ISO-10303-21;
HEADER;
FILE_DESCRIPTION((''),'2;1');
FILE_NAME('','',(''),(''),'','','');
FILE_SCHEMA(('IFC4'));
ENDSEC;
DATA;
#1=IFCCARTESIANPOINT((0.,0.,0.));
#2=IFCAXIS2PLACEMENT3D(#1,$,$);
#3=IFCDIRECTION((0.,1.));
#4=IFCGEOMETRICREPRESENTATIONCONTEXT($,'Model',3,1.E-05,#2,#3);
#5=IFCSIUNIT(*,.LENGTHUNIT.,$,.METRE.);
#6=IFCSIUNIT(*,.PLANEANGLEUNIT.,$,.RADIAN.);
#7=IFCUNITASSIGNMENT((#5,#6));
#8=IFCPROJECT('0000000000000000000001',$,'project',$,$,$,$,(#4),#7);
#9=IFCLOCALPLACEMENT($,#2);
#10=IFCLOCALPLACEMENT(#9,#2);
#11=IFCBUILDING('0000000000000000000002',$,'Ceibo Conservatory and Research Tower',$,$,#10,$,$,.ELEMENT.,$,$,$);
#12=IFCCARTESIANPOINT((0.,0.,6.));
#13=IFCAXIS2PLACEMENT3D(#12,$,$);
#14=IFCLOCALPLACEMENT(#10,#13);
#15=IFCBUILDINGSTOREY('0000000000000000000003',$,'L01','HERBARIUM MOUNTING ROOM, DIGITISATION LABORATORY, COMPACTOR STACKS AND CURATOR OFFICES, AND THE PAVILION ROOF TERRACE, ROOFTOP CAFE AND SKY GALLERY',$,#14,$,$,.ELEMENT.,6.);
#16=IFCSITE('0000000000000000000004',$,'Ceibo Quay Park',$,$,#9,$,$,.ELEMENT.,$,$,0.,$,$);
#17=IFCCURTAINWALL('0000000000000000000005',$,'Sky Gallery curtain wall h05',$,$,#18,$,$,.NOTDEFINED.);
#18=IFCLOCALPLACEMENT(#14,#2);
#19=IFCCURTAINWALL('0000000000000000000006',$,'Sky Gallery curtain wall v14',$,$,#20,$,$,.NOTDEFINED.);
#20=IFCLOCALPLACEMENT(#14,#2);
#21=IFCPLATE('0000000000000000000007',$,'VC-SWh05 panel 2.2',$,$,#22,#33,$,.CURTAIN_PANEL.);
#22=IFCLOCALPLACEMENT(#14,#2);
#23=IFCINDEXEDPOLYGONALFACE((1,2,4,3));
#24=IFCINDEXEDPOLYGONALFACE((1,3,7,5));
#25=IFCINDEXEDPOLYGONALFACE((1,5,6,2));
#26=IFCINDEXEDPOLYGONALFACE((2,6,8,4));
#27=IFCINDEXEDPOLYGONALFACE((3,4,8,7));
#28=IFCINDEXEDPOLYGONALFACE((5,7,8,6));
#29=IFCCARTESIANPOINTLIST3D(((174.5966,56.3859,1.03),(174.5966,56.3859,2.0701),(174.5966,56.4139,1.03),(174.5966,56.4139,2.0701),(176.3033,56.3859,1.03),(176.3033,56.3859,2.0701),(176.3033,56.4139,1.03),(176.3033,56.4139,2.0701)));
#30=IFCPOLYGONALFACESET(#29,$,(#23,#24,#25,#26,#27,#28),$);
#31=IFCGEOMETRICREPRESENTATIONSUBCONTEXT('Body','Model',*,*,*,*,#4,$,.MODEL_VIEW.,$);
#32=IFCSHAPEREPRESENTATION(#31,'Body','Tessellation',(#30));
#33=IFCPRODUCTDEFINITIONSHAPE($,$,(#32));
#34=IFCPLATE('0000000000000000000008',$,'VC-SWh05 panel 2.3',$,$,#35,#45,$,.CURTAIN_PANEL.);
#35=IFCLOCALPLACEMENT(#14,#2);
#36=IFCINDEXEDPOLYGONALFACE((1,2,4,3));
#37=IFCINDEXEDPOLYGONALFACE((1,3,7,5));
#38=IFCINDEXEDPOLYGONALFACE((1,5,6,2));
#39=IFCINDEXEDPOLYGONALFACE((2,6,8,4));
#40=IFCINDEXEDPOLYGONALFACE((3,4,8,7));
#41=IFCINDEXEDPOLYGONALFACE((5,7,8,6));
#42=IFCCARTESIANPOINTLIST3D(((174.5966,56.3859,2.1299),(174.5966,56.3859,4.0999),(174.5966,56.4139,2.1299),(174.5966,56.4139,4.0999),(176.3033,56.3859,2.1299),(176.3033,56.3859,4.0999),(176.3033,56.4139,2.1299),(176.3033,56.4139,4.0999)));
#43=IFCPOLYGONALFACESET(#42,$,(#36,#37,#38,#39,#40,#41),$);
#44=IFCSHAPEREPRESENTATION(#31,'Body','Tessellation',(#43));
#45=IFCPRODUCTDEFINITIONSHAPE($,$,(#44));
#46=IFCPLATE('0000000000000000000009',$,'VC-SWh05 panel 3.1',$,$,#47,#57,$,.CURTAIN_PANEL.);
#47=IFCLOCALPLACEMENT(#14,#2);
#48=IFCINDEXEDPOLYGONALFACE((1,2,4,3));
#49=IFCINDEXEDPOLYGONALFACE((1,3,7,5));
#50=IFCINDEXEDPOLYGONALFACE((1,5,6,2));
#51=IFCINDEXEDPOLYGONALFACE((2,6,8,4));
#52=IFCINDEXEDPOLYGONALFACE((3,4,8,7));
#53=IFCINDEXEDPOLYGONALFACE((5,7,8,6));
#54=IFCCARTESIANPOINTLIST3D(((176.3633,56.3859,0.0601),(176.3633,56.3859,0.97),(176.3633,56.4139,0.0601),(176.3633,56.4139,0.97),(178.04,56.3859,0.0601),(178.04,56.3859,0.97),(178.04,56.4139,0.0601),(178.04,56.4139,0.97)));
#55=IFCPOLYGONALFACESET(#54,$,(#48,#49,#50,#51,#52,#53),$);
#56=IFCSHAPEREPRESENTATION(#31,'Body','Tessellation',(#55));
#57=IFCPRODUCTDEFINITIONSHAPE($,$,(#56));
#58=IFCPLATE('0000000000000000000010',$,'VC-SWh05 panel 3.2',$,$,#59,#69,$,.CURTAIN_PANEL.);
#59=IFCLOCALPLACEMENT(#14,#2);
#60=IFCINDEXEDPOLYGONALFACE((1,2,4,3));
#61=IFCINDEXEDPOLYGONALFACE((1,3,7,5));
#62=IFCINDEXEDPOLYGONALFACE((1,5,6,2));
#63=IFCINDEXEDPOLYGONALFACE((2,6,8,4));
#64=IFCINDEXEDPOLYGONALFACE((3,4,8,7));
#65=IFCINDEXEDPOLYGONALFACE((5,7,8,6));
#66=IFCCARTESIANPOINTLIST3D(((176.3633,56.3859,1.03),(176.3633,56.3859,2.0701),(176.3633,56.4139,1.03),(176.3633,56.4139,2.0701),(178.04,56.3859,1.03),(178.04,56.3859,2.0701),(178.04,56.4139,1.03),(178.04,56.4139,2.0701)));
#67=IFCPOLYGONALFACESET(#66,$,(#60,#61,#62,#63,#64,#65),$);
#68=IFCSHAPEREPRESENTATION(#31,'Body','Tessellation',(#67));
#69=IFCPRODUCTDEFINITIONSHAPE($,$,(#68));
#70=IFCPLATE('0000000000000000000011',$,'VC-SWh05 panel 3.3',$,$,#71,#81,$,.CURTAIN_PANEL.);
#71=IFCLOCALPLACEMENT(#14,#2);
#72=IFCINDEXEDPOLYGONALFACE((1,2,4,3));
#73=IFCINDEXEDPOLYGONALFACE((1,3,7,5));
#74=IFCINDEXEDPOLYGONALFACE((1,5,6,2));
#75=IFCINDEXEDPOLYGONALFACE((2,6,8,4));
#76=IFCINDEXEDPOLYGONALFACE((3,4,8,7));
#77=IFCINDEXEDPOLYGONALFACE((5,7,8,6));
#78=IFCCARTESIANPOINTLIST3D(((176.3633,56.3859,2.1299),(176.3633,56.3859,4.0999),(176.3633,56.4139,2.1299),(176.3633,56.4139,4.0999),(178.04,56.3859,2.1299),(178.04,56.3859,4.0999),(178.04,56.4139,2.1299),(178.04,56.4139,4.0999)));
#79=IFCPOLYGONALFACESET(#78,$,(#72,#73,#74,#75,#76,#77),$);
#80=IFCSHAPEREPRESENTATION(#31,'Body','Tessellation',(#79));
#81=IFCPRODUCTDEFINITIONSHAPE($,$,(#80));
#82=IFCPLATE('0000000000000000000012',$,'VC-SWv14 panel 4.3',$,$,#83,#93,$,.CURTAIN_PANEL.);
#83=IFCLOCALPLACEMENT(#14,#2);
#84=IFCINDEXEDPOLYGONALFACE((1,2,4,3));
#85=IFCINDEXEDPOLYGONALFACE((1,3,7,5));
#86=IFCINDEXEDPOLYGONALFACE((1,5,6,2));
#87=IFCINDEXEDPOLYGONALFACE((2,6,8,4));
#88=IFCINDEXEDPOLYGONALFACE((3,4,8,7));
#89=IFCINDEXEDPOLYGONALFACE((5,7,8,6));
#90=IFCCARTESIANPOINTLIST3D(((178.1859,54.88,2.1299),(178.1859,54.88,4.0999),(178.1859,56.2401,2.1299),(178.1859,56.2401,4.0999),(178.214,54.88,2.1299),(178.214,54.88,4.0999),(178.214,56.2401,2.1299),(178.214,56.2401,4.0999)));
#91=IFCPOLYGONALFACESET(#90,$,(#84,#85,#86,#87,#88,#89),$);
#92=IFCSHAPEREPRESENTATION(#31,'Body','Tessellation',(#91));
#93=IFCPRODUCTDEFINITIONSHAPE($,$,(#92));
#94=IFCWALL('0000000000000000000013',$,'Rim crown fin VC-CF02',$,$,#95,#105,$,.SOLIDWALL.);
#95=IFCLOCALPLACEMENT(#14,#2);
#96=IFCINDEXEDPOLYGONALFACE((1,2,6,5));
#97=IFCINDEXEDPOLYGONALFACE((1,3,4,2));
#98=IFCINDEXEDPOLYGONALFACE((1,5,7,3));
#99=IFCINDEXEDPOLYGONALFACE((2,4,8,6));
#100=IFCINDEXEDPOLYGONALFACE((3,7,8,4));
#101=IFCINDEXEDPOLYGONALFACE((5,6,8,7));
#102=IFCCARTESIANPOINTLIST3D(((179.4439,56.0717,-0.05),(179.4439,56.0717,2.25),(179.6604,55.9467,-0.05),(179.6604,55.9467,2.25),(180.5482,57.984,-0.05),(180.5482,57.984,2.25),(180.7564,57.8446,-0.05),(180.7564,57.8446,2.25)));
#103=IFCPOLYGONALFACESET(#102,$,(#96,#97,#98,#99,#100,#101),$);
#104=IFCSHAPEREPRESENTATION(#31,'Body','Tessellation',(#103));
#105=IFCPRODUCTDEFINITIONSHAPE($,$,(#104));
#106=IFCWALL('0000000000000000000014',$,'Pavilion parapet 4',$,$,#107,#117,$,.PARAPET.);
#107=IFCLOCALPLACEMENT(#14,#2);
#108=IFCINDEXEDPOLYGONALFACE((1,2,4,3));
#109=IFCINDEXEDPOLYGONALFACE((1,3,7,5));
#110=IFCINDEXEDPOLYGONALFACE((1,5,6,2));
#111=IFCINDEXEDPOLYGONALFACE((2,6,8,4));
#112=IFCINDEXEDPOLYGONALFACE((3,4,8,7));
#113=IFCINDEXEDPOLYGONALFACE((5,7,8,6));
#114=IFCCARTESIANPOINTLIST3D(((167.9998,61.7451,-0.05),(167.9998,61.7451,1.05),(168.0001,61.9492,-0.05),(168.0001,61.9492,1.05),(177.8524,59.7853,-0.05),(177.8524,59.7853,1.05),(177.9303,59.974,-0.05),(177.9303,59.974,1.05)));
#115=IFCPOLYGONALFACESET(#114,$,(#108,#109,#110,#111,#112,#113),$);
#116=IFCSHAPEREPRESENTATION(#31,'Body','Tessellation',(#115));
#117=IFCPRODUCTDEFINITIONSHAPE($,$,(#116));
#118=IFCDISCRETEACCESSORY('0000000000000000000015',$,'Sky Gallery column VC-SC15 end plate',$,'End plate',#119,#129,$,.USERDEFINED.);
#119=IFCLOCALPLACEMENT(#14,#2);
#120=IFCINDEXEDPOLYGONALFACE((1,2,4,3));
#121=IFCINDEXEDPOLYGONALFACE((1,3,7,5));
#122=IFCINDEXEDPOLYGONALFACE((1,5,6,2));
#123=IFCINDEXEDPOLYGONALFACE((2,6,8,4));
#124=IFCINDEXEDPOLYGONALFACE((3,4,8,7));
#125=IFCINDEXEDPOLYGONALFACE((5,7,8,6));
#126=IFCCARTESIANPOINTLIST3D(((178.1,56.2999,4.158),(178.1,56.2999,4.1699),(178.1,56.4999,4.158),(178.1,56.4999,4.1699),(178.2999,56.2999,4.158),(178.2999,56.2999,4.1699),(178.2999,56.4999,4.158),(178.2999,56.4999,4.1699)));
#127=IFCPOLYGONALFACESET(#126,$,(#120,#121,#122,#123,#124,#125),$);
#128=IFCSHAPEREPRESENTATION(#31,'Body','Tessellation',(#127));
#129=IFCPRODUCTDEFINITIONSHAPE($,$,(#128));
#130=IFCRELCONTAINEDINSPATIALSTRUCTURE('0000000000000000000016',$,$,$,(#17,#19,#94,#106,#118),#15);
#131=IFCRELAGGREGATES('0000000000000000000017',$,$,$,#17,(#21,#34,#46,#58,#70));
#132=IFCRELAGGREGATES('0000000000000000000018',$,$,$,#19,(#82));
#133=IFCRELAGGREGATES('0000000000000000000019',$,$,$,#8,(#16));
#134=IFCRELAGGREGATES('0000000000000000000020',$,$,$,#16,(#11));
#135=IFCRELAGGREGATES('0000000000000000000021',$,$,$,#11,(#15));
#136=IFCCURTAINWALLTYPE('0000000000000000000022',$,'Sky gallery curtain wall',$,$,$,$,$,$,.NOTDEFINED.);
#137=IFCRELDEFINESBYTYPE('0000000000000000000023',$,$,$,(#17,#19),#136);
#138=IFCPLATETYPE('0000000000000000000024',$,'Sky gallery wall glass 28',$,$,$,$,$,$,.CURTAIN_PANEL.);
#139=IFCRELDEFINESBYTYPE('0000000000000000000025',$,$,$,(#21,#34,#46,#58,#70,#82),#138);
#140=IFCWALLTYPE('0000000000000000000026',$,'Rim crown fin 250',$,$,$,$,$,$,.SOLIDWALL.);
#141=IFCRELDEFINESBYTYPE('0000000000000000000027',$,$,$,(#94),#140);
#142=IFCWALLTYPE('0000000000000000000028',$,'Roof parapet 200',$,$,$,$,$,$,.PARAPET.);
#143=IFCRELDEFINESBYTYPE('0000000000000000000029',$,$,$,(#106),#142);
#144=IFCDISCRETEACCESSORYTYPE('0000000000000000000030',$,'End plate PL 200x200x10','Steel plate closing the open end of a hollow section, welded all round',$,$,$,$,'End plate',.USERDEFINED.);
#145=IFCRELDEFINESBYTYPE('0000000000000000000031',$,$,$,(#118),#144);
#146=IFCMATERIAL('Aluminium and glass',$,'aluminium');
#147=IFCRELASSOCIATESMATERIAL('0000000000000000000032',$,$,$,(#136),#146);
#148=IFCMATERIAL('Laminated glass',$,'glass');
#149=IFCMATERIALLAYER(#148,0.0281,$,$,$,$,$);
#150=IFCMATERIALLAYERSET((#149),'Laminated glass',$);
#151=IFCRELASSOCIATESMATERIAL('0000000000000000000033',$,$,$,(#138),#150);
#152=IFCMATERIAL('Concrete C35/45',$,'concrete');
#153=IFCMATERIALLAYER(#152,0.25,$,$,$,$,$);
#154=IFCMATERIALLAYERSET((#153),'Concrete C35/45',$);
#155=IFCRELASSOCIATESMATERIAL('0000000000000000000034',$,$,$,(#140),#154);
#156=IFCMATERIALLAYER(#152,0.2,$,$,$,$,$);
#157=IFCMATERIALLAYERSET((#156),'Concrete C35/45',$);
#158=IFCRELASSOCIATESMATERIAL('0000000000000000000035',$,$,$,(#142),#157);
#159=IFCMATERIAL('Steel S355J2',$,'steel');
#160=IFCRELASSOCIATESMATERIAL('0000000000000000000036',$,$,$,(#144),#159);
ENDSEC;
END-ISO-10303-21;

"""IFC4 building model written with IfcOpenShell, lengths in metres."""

from ifc_helpers import new_model, si_unit, direction, frame, origin, origin_2d, place, context, subcontext, project, spatial, polyline, rectangle, outline, extrude, material, layer, layer_set, material_profile, profile_set, type_object, element, aggregate, save


model = new_model("IFC4")

# Units and contexts
model_context = context("Model", 3, precision=1e-05, world=origin(), true_north=direction((0.0, 1.0)))
body_context = subcontext(model_context, "Body", "Model", "MODEL_VIEW")
ifc_project = project(units=[si_unit("LENGTHUNIT", "METRE"), si_unit("PLANEANGLEUNIT", "RADIAN")], contexts=[model_context])

# Site, building, storey
site_placement = place(None, origin())
site = spatial("IfcSite", under=ifc_project, at=site_placement, Name="Ceibo Quay Park", CompositionType="ELEMENT", RefElevation=0.0)
building_placement = place(site_placement, origin())
building = spatial("IfcBuilding", under=site, at=building_placement, Name="Ceibo Conservatory and Research Tower", CompositionType="ELEMENT")
storey_placement = place(building_placement, frame((0.0, 0.0, 6.0)))
storey = spatial("IfcBuildingStorey", under=building, at=storey_placement, Name="L01", Description="HERBARIUM MOUNTING ROOM, DIGITISATION LABORATORY, COMPACTOR STACKS AND CURATOR OFFICES, AND THE PAVILION ROOF TERRACE, ROOFTOP CAFE AND SKY GALLERY", CompositionType="ELEMENT", Elevation=6.0)

# Curtain wall
ifc_material_1 = material(Name="Aluminium and glass", Category="aluminium")
curtain_wall_type = type_object("IfcCurtainWallType", Name="Sky gallery curtain wall", PredefinedType="NOTDEFINED", material=ifc_material_1)
curtain_wall_1_placement = place(storey_placement, origin())
curtain_wall_1 = element("IfcCurtainWall", 1, at=curtain_wall_1_placement, inside=storey, type_object=curtain_wall_type, Name="Sky Gallery curtain wall h05", PredefinedType="NOTDEFINED")

# Curtain wall
curtain_wall_2_placement = place(storey_placement, origin())
curtain_wall_2 = element("IfcCurtainWall", 2, at=curtain_wall_2_placement, inside=storey, type_object=curtain_wall_type, Name="Sky Gallery curtain wall v14", PredefinedType="NOTDEFINED")

# Plates
ifc_material_2 = material(Name="Laminated glass", Category="glass")
ifc_layer_1 = layer(ifc_material_2, 0.0281)
ifc_layer_set_1 = layer_set([ifc_layer_1], Name="Laminated glass")
plate_type = type_object("IfcPlateType", Name="Sky gallery wall glass 28", PredefinedType="CURTAIN_PANEL", material=ifc_layer_set_1)
plate_1_placement = place(storey_placement, frame((175.45, 56.3999, 1.03), z_axis=(0.0, 0.0, 1.0), x_axis=(1.0, 0.0, 0.0)))
plate_1 = element("IfcPlate", 3, at=plate_1_placement, type_object=plate_type, Name="VC-SWh05 panel 2.2", PredefinedType="CURTAIN_PANEL", context=body_context, shape_type="SweptSolid", body=[
    extrude(rectangle(XDim=1.7068, YDim=0.0281, at=origin_2d()), origin(), (0.0, 0.0, 1.0), 1.04),
])
plate_2_placement = place(storey_placement, frame((175.45, 56.3999, 2.1299), z_axis=(0.0, 0.0, 1.0), x_axis=(1.0, 0.0, 0.0)))
plate_2 = element("IfcPlate", 4, at=plate_2_placement, type_object=plate_type, Name="VC-SWh05 panel 2.3", PredefinedType="CURTAIN_PANEL", context=body_context, shape_type="SweptSolid", body=[
    extrude(rectangle(XDim=1.7068, YDim=0.0281, at=origin_2d()), origin(), (0.0, 0.0, 1.0), 1.97),
])
plate_3_placement = place(storey_placement, frame((177.2017, 56.3999, 0.0601), z_axis=(0.0, 0.0, 1.0), x_axis=(1.0, 0.0, 0.0)))
plate_3 = element("IfcPlate", 5, at=plate_3_placement, type_object=plate_type, Name="VC-SWh05 panel 3.1", PredefinedType="CURTAIN_PANEL", context=body_context, shape_type="SweptSolid", body=[
    extrude(rectangle(XDim=1.6768, YDim=0.0281, at=origin_2d()), origin(), (0.0, 0.0, 1.0), 0.9099),
])
plate_4_placement = place(storey_placement, frame((177.2017, 56.3999, 1.03), z_axis=(0.0, 0.0, 1.0), x_axis=(1.0, 0.0, 0.0)))
plate_4 = element("IfcPlate", 6, at=plate_4_placement, type_object=plate_type, Name="VC-SWh05 panel 3.2", PredefinedType="CURTAIN_PANEL", context=body_context, shape_type="SweptSolid", body=[
    extrude(rectangle(XDim=1.6768, YDim=0.0281, at=origin_2d()), origin(), (0.0, 0.0, 1.0), 1.04),
])
plate_5_placement = place(storey_placement, frame((177.2017, 56.3999, 2.1299), z_axis=(0.0, 0.0, 1.0), x_axis=(1.0, 0.0, 0.0)))
plate_5 = element("IfcPlate", 7, at=plate_5_placement, type_object=plate_type, Name="VC-SWh05 panel 3.3", PredefinedType="CURTAIN_PANEL", context=body_context, shape_type="SweptSolid", body=[
    extrude(rectangle(XDim=1.6768, YDim=0.0281, at=origin_2d()), origin(), (0.0, 0.0, 1.0), 1.97),
])
aggregate(curtain_wall_1, [plate_1, plate_2, plate_3, plate_4, plate_5])
plate_6_placement = place(storey_placement, frame((178.2, 55.5601, 2.1299), z_axis=(0.0, 0.0, 1.0), x_axis=(0.0, 1.0, 0.0)))
plate_6 = element("IfcPlate", 8, at=plate_6_placement, type_object=plate_type, Name="VC-SWv14 panel 4.3", PredefinedType="CURTAIN_PANEL", context=body_context, shape_type="SweptSolid", body=[
    extrude(rectangle(XDim=1.3601, YDim=0.0281, at=origin_2d()), origin(), (0.0, 0.0, 1.0), 1.97),
])
aggregate(curtain_wall_2, [plate_6])

# Walls
ifc_material_3 = material(Name="Concrete C35/45", Category="concrete")
ifc_layer_2 = layer(ifc_material_3, 0.25)
ifc_layer_set_2 = layer_set([ifc_layer_2], Name="Concrete C35/45")
wall_type_1 = type_object("IfcWallType", Name="Rim crown fin 250", PredefinedType="SOLIDWALL", material=ifc_layer_set_2)
wall_1_placement = place(storey_placement, frame((180.6523, 57.9143, -0.05), z_axis=(0.0, 0.0, 1.0), x_axis=(-0.500078, -0.86598, 0.0)))
element("IfcWall", 9, at=wall_1_placement, inside=storey, type_object=wall_type_1, Name="Rim crown fin VC-CF02", PredefinedType="SOLIDWALL", context=body_context, shape_type="SweptSolid", body=[
    extrude(outline(polyline([(-0.0083, -0.125), (2.2, -0.125), (2.2, 0.125), (0.0083, 0.125), (-0.0083, -0.125)])), origin(), (0.0, 0.0, 1.0), 2.3),
])
ifc_layer_3 = layer(ifc_material_3, 0.2)
ifc_layer_set_3 = layer_set([ifc_layer_3], Name="Concrete C35/45")
wall_type_2 = type_object("IfcWallType", Name="Roof parapet 200", PredefinedType="PARAPET", material=ifc_layer_set_3)
wall_2_placement = place(storey_placement, frame((177.8914, 59.8796, -0.05), z_axis=(0.0, 0.0, 1.0), x_axis=(-0.980785, 0.195092, 0.0)))
element("IfcWall", 10, at=wall_2_placement, inside=storey, type_object=wall_type_2, Name="Pavilion parapet 4", PredefinedType="PARAPET", context=body_context, shape_type="SweptSolid", body=[
    extrude(outline(polyline([(-0.0198, -0.1001), (10.105, -0.1001), (10.0654, 0.1001), (0.0198, 0.1001), (-0.0198, -0.1001)])), origin(), (0.0, 0.0, 1.0), 1.1001),
])

# Discrete accessory
ifc_material_4 = material(Name="Steel S355J2", Category="steel")
ifc_material_profile_1 = material_profile(ifc_material_4, rectangle(XDim=0.2, YDim=0.2, at=origin_2d()), Name="End plate PL 200x200x10")
ifc_profile_set_1 = profile_set([ifc_material_profile_1], Name="Steel S355J2")
discrete_accessory_type = type_object("IfcDiscreteAccessoryType", Name="End plate PL 200x200x10", Description="Steel plate closing the open end of a hollow section, welded all round", ElementType="End plate", PredefinedType="USERDEFINED", material=ifc_profile_set_1)
discrete_accessory_placement = place(storey_placement, frame((178.2, 56.3999, 4.158), z_axis=(0.0, 0.0, 1.0), x_axis=(1.0, 0.0, 0.0)))
element("IfcDiscreteAccessory", 11, at=discrete_accessory_placement, inside=storey, type_object=discrete_accessory_type, Name="Sky Gallery column VC-SC15 end plate", ObjectType="End plate", PredefinedType="USERDEFINED", context=body_context, shape_type="SweptSolid", body=[
    extrude(rectangle(XDim=0.2, YDim=0.2, at=origin_2d()), origin(), (0.0, 0.0, 1.0), 0.012),
])

save(model, "model.ifc")
